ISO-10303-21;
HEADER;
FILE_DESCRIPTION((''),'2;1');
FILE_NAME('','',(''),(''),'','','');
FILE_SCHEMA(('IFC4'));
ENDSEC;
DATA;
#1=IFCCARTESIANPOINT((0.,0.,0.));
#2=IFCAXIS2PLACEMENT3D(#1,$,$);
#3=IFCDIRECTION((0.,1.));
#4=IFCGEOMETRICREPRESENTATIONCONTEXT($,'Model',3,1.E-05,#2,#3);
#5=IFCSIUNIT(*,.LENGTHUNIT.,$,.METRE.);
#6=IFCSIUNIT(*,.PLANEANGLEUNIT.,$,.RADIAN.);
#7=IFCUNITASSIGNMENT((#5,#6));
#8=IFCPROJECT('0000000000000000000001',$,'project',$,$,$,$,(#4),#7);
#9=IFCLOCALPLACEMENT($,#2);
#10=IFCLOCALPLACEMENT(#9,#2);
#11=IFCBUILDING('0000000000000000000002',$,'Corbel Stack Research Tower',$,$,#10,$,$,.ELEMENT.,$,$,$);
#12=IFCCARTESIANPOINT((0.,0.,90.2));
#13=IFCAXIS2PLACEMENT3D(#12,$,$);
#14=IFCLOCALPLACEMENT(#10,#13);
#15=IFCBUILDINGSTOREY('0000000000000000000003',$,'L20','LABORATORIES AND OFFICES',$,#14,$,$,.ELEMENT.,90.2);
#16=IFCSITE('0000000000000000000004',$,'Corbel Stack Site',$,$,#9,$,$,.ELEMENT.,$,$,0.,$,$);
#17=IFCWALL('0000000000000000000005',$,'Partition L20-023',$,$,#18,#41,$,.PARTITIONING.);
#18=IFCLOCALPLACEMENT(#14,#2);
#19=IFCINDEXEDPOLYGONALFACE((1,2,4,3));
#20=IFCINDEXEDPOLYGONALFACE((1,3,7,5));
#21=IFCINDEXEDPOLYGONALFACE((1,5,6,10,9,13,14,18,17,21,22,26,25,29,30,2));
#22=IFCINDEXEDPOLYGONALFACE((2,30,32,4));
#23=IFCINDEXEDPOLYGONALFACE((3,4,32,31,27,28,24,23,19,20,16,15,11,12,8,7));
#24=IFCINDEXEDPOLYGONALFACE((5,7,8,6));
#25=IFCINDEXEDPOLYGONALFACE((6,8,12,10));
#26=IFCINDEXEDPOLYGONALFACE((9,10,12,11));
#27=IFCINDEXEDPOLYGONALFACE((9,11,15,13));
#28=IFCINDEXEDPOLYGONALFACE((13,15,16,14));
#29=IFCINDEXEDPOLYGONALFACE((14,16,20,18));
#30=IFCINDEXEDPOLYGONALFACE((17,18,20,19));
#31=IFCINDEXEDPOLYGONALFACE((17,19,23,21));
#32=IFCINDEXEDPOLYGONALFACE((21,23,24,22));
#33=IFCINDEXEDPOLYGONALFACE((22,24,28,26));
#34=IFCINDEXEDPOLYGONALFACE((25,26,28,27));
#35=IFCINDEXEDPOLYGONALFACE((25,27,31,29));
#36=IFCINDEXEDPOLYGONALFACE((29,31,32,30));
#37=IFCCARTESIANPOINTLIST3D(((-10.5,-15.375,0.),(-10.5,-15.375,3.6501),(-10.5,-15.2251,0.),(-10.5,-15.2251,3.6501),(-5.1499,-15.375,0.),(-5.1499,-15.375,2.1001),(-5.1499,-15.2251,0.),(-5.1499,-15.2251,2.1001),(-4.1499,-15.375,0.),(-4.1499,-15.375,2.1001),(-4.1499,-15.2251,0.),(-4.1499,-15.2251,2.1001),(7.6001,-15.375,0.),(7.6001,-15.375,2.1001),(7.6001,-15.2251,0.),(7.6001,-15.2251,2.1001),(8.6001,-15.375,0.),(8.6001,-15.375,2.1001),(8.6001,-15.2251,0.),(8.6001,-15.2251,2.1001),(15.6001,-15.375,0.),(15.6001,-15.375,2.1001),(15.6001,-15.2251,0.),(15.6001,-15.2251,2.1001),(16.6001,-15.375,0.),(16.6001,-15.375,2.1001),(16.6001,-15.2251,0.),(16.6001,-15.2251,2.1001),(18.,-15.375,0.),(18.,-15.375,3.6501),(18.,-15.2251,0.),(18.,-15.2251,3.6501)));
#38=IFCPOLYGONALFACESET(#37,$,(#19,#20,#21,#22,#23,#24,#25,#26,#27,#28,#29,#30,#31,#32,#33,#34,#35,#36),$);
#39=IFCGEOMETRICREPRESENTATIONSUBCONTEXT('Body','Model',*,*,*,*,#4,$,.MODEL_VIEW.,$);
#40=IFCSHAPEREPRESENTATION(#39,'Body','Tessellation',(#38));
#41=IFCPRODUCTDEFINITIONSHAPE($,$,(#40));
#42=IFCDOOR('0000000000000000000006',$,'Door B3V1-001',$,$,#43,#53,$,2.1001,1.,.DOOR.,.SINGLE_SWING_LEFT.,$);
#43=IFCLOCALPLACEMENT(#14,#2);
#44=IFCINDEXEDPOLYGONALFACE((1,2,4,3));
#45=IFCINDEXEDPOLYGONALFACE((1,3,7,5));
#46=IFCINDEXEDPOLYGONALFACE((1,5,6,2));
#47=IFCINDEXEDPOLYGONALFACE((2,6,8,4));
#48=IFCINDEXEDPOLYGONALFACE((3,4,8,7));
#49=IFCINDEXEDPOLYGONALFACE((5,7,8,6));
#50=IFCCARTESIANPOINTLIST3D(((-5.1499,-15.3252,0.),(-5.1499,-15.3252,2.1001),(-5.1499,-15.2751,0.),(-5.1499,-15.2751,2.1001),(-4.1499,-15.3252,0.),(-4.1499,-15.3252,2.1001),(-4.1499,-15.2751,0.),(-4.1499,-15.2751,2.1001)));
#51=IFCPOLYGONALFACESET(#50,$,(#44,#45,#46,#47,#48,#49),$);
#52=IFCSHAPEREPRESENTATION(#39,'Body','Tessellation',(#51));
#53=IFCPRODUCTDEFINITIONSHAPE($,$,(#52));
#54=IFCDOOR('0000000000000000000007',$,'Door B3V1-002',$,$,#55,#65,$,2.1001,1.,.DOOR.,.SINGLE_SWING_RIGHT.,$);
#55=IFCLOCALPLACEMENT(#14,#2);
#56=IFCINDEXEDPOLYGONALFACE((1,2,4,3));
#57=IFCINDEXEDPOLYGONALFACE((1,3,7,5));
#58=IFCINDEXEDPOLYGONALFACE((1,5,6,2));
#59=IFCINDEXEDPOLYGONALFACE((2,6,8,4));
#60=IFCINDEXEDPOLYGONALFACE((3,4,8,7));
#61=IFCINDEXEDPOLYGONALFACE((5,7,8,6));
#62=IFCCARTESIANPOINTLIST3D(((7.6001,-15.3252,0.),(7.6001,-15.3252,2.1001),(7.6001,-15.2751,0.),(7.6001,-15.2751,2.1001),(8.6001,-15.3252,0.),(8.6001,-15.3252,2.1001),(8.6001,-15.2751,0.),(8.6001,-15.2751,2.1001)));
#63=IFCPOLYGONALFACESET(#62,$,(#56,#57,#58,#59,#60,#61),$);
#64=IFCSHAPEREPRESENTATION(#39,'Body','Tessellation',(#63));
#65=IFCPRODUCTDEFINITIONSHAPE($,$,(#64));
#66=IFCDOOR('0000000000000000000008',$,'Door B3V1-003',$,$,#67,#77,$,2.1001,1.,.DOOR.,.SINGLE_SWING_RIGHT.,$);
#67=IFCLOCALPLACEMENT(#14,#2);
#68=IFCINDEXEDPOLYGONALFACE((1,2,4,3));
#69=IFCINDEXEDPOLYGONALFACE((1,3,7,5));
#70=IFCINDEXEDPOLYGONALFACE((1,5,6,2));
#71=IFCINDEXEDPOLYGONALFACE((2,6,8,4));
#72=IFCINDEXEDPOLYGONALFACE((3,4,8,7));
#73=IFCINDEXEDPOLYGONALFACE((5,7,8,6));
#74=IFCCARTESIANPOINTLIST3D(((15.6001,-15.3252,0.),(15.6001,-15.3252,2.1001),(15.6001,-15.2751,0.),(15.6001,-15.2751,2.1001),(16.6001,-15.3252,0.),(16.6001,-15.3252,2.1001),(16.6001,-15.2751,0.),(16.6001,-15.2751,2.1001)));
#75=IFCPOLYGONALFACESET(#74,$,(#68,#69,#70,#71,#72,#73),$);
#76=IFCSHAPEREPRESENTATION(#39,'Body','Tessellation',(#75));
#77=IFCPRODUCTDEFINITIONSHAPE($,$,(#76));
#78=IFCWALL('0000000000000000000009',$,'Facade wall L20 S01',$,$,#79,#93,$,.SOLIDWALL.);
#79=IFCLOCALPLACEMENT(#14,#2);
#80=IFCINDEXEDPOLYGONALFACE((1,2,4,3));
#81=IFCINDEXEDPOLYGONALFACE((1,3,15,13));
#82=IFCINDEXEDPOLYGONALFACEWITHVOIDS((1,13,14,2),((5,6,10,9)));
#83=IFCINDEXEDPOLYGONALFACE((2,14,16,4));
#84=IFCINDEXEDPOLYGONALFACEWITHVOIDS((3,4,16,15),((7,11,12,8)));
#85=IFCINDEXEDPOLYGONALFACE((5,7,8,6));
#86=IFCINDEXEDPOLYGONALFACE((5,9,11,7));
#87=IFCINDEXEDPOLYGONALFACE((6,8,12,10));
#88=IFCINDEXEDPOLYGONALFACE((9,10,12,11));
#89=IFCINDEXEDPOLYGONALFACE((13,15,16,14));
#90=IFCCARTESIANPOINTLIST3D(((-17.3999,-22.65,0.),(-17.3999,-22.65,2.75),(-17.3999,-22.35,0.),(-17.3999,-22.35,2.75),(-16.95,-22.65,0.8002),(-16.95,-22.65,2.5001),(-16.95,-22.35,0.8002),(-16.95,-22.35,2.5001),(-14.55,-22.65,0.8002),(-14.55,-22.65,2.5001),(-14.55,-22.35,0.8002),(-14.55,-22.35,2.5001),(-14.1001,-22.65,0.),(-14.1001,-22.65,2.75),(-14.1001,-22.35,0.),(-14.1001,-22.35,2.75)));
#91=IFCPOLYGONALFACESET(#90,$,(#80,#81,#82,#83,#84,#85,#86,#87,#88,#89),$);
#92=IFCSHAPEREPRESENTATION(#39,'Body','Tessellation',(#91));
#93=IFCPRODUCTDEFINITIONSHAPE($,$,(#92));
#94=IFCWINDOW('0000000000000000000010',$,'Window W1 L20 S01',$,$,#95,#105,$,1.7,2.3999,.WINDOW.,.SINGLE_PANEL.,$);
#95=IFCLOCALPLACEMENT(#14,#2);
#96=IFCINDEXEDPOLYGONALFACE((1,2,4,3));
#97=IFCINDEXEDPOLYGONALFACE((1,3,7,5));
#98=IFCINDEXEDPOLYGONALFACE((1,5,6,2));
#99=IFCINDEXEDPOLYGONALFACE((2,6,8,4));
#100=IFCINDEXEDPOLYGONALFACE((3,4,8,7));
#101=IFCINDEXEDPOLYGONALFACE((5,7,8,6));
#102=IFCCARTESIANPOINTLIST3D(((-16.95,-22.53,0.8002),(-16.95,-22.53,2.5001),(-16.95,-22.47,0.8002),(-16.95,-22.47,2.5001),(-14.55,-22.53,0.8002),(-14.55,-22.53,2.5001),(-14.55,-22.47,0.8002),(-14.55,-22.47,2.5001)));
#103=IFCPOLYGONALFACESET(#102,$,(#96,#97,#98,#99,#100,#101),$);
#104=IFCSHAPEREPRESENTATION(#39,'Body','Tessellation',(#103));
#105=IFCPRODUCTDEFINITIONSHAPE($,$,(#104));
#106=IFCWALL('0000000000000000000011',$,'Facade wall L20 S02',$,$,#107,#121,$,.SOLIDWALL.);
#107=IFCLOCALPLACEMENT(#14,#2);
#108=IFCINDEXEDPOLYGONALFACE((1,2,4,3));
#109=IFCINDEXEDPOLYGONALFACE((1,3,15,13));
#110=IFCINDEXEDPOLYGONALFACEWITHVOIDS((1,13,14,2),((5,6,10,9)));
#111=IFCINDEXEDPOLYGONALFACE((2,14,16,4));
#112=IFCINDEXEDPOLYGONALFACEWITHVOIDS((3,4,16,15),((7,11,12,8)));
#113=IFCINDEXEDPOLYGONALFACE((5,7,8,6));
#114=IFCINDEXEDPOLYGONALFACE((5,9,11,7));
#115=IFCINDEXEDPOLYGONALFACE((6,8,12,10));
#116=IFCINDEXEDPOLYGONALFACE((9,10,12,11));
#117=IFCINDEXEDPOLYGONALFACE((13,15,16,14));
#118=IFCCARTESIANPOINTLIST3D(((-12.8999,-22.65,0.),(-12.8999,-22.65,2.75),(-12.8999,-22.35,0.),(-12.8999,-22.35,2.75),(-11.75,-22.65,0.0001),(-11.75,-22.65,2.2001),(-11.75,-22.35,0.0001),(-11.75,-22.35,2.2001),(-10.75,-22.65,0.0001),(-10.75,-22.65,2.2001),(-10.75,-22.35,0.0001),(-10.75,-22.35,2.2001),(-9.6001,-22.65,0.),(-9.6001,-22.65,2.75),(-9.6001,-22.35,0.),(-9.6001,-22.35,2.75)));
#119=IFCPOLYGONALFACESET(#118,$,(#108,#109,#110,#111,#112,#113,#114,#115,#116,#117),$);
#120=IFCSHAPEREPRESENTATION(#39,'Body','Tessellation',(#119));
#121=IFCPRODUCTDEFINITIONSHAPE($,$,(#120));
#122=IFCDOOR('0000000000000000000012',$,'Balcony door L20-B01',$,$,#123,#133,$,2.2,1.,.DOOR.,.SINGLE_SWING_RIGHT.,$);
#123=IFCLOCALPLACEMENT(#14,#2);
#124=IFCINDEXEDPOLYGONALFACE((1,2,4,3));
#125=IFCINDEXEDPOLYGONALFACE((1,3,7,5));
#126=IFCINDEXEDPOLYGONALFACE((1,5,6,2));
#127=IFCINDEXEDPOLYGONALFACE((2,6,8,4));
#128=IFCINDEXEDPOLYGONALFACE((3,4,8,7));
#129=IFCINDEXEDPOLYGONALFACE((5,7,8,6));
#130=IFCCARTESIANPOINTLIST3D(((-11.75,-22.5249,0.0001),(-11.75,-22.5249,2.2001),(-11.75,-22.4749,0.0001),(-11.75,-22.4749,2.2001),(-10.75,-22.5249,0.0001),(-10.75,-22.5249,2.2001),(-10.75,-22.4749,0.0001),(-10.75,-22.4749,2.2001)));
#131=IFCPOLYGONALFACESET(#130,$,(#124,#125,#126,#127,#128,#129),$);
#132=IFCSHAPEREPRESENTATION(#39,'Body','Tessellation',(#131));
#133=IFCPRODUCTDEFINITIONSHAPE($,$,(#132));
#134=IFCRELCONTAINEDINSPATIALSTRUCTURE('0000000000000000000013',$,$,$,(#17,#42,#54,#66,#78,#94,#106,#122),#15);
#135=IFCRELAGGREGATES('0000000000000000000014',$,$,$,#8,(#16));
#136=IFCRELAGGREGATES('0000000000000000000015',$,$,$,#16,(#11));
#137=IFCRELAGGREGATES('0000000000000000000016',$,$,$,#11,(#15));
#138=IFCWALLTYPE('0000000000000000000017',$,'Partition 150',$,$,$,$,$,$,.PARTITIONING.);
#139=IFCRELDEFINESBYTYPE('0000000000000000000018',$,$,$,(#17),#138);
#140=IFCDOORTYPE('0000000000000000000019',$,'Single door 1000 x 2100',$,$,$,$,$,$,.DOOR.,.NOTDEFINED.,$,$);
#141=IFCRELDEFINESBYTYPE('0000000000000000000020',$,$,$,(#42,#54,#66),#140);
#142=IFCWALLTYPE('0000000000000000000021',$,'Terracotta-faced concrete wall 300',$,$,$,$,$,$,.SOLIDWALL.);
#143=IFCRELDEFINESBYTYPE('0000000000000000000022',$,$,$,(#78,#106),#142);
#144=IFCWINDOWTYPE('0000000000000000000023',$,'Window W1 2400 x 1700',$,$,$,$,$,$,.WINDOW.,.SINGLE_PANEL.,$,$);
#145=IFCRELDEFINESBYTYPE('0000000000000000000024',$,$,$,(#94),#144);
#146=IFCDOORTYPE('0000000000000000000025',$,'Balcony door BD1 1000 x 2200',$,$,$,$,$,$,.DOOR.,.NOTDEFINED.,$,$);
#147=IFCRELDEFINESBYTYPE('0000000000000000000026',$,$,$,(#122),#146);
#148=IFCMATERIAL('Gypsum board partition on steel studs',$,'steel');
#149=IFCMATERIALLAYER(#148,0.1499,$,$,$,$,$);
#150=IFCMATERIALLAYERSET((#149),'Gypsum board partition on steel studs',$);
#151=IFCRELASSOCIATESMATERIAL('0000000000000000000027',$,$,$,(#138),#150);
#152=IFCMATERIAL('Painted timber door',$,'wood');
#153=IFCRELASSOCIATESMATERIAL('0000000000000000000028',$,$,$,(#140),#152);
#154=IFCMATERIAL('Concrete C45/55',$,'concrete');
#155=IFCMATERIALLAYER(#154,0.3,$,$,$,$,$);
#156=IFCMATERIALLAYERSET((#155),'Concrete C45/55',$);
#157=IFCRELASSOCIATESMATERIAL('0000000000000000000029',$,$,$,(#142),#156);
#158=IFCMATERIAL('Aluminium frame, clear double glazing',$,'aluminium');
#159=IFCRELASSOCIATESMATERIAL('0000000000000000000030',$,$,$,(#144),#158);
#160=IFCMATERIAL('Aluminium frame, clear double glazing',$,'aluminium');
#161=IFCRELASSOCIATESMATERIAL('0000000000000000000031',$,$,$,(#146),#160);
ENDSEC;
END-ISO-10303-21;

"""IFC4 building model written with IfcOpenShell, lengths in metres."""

from ifc_helpers import new_model, si_unit, direction, frame, frame_2d, origin, place, context, subcontext, project, spatial, rectangle, extrude, material, layer, layer_set, type_object, element, fill, save


model = new_model("IFC4")

# Units and contexts
model_context = context("Model", 3, precision=1e-05, world=origin(), true_north=direction((0.0, 1.0)))
body_context = subcontext(model_context, "Body", "Model", "MODEL_VIEW")
ifc_project = project(units=[si_unit("LENGTHUNIT", "METRE"), si_unit("PLANEANGLEUNIT", "RADIAN")], contexts=[model_context])

# Site, building, storey
site_placement = place(None, origin())
site = spatial("IfcSite", under=ifc_project, at=site_placement, Name="Corbel Stack Site", CompositionType="ELEMENT", RefElevation=0.0)
building_placement = place(site_placement, origin())
building = spatial("IfcBuilding", under=site, at=building_placement, Name="Corbel Stack Research Tower", CompositionType="ELEMENT")
storey_placement = place(building_placement, frame((0.0, 0.0, 90.2)))
storey = spatial("IfcBuildingStorey", under=building, at=storey_placement, Name="L20", Description="LABORATORIES AND OFFICES", CompositionType="ELEMENT", Elevation=90.2)

# Wall, openings, doors
ifc_material_1 = material(Name="Gypsum board partition on steel studs", Category="steel")
ifc_layer_1 = layer(ifc_material_1, 0.1499)
ifc_layer_set_1 = layer_set([ifc_layer_1], Name="Gypsum board partition on steel studs")
wall_type_1 = type_object("IfcWallType", Name="Partition 150", PredefinedType="PARTITIONING", material=ifc_layer_set_1)
wall_1_placement = place(storey_placement, frame((-10.5, -15.3, 0.0), z_axis=(0.0, 0.0, 1.0), x_axis=(1.0, 0.0, 0.0)))
wall_1 = element("IfcWall", 1, at=wall_1_placement, inside=storey, type_object=wall_type_1, Name="Partition L20-023", PredefinedType="PARTITIONING", context=body_context, shape_type="SweptSolid", body=[
    extrude(rectangle(XDim=28.5, YDim=0.1499, at=frame_2d((14.25, 0.0))), origin(), (0.0, 0.0, 1.0), 3.6501),
])
opening_1_placement = place(wall_1_placement, frame((5.3501, 0.0, 0.0)))
opening_1 = element("IfcOpeningElement", 2, at=opening_1_placement, cuts=wall_1, PredefinedType="OPENING", context=body_context, shape_type="SweptSolid", body=[
    extrude(rectangle(XDim=1.0, YDim=2.1001, at=frame_2d((0.5, 1.05))), frame((0.0, 0.085, 0.0), z_axis=(0.0, -1.0, 0.0), x_axis=(1.0, 0.0, 0.0)), (0.0, 0.0, 1.0), 0.1699),
])
opening_2_placement = place(wall_1_placement, frame((18.1001, 0.0, 0.0)))
opening_2 = element("IfcOpeningElement", 3, at=opening_2_placement, cuts=wall_1, PredefinedType="OPENING", context=body_context, shape_type="SweptSolid", body=[
    extrude(rectangle(XDim=1.0, YDim=2.1001, at=frame_2d((0.5, 1.05))), frame((0.0, 0.085, 0.0), z_axis=(0.0, -1.0, 0.0), x_axis=(1.0, 0.0, 0.0)), (0.0, 0.0, 1.0), 0.1699),
])
opening_3_placement = place(wall_1_placement, frame((26.1001, 0.0, 0.0)))
opening_3 = element("IfcOpeningElement", 4, at=opening_3_placement, cuts=wall_1, PredefinedType="OPENING", context=body_context, shape_type="SweptSolid", body=[
    extrude(rectangle(XDim=1.0, YDim=2.1001, at=frame_2d((0.5, 1.05))), frame((0.0, 0.085, 0.0), z_axis=(0.0, -1.0, 0.0), x_axis=(1.0, 0.0, 0.0)), (0.0, 0.0, 1.0), 0.1699),
])
ifc_material_2 = material(Name="Painted timber door", Category="wood")
door_type_1 = type_object("IfcDoorType", Name="Single door 1000 x 2100", OperationType="NOTDEFINED", PredefinedType="DOOR", material=ifc_material_2)
door_1_placement = place(opening_1_placement, origin())
door_1 = element("IfcDoor", 5, at=door_1_placement, inside=storey, type_object=door_type_1, Name="Door B3V1-001", OperationType="SINGLE_SWING_LEFT", OverallHeight=2.1001, OverallWidth=1.0, PredefinedType="DOOR", context=body_context, shape_type="SweptSolid", body=[
    extrude(rectangle(XDim=1.0, YDim=2.1001, at=frame_2d((0.5, 1.05))), frame((0.0, 0.0249, 0.0), z_axis=(0.0, -1.0, 0.0), x_axis=(1.0, 0.0, 0.0)), (0.0, 0.0, 1.0), 0.05),
])
fill(opening_1, door_1)
door_2_placement = place(opening_2_placement, origin())
door_2 = element("IfcDoor", 6, at=door_2_placement, inside=storey, type_object=door_type_1, Name="Door B3V1-002", OperationType="SINGLE_SWING_RIGHT", OverallHeight=2.1001, OverallWidth=1.0, PredefinedType="DOOR", context=body_context, shape_type="SweptSolid", body=[
    extrude(rectangle(XDim=1.0, YDim=2.1001, at=frame_2d((0.5, 1.05))), frame((0.0, 0.0249, 0.0), z_axis=(0.0, -1.0, 0.0), x_axis=(1.0, 0.0, 0.0)), (0.0, 0.0, 1.0), 0.05),
])
fill(opening_2, door_2)
door_3_placement = place(opening_3_placement, origin())
door_3 = element("IfcDoor", 7, at=door_3_placement, inside=storey, type_object=door_type_1, Name="Door B3V1-003", OperationType="SINGLE_SWING_RIGHT", OverallHeight=2.1001, OverallWidth=1.0, PredefinedType="DOOR", context=body_context, shape_type="SweptSolid", body=[
    extrude(rectangle(XDim=1.0, YDim=2.1001, at=frame_2d((0.5, 1.05))), frame((0.0, 0.0249, 0.0), z_axis=(0.0, -1.0, 0.0), x_axis=(1.0, 0.0, 0.0)), (0.0, 0.0, 1.0), 0.05),
])
fill(opening_3, door_3)

# Wall, opening, window
ifc_material_3 = material(Name="Concrete C45/55", Category="concrete")
ifc_layer_2 = layer(ifc_material_3, 0.3)
ifc_layer_set_2 = layer_set([ifc_layer_2], Name="Concrete C45/55")
wall_type_2 = type_object("IfcWallType", Name="Terracotta-faced concrete wall 300", PredefinedType="SOLIDWALL", material=ifc_layer_set_2)
wall_2_placement = place(storey_placement, frame((-14.1001, -22.5, 0.0), z_axis=(0.0, 0.0, 1.0), x_axis=(-1.0, 0.0, 0.0)))
wall_2 = element("IfcWall", 8, at=wall_2_placement, inside=storey, type_object=wall_type_2, Name="Facade wall L20 S01", PredefinedType="SOLIDWALL", context=body_context, shape_type="SweptSolid", body=[
    extrude(rectangle(XDim=3.2998, YDim=0.3, at=frame_2d((1.6499, 0.0))), origin(), (0.0, 0.0, 1.0), 2.75),
])
opening_4_placement = place(wall_2_placement, frame((0.45, 0.0, 0.8)))
opening_4 = element("IfcOpeningElement", 9, at=opening_4_placement, cuts=wall_2, PredefinedType="OPENING", context=body_context, shape_type="SweptSolid", body=[
    extrude(rectangle(XDim=2.3999, YDim=1.7, at=frame_2d((1.2, 0.8501))), frame((0.0, 0.1599, 0.0), z_axis=(0.0, -1.0, 0.0), x_axis=(1.0, 0.0, 0.0)), (0.0, 0.0, 1.0), 0.3201),
])
ifc_material_4 = material(Name="Aluminium frame, clear double glazing", Category="aluminium")
window_type = type_object("IfcWindowType", Name="Window W1 2400 x 1700", PartitioningType="SINGLE_PANEL", PredefinedType="WINDOW", material=ifc_material_4)
window_placement = place(opening_4_placement, origin())
window = element("IfcWindow", 10, at=window_placement, inside=storey, type_object=window_type, Name="Window W1 L20 S01", OverallHeight=1.7, OverallWidth=2.3999, PartitioningType="SINGLE_PANEL", PredefinedType="WINDOW", context=body_context, shape_type="SweptSolid", body=[
    extrude(rectangle(XDim=2.3999, YDim=1.7, at=frame_2d((1.2, 0.8501))), frame((0.0, 0.03, 0.0), z_axis=(0.0, -1.0, 0.0), x_axis=(1.0, 0.0, 0.0)), (0.0, 0.0, 1.0), 0.0601),
])
fill(opening_4, window)

# Wall, opening, door
wall_3_placement = place(storey_placement, frame((-9.6001, -22.5, 0.0), z_axis=(0.0, 0.0, 1.0), x_axis=(-1.0, 0.0, 0.0)))
wall_3 = element("IfcWall", 11, at=wall_3_placement, inside=storey, type_object=wall_type_2, Name="Facade wall L20 S02", PredefinedType="SOLIDWALL", context=body_context, shape_type="SweptSolid", body=[
    extrude(rectangle(XDim=3.2998, YDim=0.3, at=frame_2d((1.6499, 0.0))), origin(), (0.0, 0.0, 1.0), 2.75),
])
opening_5_placement = place(wall_3_placement, frame((1.1499, 0.0, 0.0)))
opening_5 = element("IfcOpeningElement", 12, at=opening_5_placement, cuts=wall_3, PredefinedType="OPENING", context=body_context, shape_type="SweptSolid", body=[
    extrude(rectangle(XDim=1.0, YDim=2.2, at=frame_2d((0.5, 1.1001))), frame((0.0, 0.1599, 0.0), z_axis=(0.0, -1.0, 0.0), x_axis=(1.0, 0.0, 0.0)), (0.0, 0.0, 1.0), 0.3201),
])
ifc_material_5 = material(Name="Aluminium frame, clear double glazing", Category="aluminium")
door_type_2 = type_object("IfcDoorType", Name="Balcony door BD1 1000 x 2200", OperationType="NOTDEFINED", PredefinedType="DOOR", material=ifc_material_5)
door_4_placement = place(opening_5_placement, origin())
door_4 = element("IfcDoor", 13, at=door_4_placement, inside=storey, type_object=door_type_2, Name="Balcony door L20-B01", OperationType="SINGLE_SWING_RIGHT", OverallHeight=2.2, OverallWidth=1.0, PredefinedType="DOOR", context=body_context, shape_type="SweptSolid", body=[
    extrude(rectangle(XDim=1.0, YDim=2.2, at=frame_2d((0.5, 1.1001))), frame((0.0, 0.0249, 0.0), z_axis=(0.0, -1.0, 0.0), x_axis=(1.0, 0.0, 0.0)), (0.0, 0.0, 1.0), 0.05),
])
fill(opening_5, door_4)

save(model, "model.ifc")
